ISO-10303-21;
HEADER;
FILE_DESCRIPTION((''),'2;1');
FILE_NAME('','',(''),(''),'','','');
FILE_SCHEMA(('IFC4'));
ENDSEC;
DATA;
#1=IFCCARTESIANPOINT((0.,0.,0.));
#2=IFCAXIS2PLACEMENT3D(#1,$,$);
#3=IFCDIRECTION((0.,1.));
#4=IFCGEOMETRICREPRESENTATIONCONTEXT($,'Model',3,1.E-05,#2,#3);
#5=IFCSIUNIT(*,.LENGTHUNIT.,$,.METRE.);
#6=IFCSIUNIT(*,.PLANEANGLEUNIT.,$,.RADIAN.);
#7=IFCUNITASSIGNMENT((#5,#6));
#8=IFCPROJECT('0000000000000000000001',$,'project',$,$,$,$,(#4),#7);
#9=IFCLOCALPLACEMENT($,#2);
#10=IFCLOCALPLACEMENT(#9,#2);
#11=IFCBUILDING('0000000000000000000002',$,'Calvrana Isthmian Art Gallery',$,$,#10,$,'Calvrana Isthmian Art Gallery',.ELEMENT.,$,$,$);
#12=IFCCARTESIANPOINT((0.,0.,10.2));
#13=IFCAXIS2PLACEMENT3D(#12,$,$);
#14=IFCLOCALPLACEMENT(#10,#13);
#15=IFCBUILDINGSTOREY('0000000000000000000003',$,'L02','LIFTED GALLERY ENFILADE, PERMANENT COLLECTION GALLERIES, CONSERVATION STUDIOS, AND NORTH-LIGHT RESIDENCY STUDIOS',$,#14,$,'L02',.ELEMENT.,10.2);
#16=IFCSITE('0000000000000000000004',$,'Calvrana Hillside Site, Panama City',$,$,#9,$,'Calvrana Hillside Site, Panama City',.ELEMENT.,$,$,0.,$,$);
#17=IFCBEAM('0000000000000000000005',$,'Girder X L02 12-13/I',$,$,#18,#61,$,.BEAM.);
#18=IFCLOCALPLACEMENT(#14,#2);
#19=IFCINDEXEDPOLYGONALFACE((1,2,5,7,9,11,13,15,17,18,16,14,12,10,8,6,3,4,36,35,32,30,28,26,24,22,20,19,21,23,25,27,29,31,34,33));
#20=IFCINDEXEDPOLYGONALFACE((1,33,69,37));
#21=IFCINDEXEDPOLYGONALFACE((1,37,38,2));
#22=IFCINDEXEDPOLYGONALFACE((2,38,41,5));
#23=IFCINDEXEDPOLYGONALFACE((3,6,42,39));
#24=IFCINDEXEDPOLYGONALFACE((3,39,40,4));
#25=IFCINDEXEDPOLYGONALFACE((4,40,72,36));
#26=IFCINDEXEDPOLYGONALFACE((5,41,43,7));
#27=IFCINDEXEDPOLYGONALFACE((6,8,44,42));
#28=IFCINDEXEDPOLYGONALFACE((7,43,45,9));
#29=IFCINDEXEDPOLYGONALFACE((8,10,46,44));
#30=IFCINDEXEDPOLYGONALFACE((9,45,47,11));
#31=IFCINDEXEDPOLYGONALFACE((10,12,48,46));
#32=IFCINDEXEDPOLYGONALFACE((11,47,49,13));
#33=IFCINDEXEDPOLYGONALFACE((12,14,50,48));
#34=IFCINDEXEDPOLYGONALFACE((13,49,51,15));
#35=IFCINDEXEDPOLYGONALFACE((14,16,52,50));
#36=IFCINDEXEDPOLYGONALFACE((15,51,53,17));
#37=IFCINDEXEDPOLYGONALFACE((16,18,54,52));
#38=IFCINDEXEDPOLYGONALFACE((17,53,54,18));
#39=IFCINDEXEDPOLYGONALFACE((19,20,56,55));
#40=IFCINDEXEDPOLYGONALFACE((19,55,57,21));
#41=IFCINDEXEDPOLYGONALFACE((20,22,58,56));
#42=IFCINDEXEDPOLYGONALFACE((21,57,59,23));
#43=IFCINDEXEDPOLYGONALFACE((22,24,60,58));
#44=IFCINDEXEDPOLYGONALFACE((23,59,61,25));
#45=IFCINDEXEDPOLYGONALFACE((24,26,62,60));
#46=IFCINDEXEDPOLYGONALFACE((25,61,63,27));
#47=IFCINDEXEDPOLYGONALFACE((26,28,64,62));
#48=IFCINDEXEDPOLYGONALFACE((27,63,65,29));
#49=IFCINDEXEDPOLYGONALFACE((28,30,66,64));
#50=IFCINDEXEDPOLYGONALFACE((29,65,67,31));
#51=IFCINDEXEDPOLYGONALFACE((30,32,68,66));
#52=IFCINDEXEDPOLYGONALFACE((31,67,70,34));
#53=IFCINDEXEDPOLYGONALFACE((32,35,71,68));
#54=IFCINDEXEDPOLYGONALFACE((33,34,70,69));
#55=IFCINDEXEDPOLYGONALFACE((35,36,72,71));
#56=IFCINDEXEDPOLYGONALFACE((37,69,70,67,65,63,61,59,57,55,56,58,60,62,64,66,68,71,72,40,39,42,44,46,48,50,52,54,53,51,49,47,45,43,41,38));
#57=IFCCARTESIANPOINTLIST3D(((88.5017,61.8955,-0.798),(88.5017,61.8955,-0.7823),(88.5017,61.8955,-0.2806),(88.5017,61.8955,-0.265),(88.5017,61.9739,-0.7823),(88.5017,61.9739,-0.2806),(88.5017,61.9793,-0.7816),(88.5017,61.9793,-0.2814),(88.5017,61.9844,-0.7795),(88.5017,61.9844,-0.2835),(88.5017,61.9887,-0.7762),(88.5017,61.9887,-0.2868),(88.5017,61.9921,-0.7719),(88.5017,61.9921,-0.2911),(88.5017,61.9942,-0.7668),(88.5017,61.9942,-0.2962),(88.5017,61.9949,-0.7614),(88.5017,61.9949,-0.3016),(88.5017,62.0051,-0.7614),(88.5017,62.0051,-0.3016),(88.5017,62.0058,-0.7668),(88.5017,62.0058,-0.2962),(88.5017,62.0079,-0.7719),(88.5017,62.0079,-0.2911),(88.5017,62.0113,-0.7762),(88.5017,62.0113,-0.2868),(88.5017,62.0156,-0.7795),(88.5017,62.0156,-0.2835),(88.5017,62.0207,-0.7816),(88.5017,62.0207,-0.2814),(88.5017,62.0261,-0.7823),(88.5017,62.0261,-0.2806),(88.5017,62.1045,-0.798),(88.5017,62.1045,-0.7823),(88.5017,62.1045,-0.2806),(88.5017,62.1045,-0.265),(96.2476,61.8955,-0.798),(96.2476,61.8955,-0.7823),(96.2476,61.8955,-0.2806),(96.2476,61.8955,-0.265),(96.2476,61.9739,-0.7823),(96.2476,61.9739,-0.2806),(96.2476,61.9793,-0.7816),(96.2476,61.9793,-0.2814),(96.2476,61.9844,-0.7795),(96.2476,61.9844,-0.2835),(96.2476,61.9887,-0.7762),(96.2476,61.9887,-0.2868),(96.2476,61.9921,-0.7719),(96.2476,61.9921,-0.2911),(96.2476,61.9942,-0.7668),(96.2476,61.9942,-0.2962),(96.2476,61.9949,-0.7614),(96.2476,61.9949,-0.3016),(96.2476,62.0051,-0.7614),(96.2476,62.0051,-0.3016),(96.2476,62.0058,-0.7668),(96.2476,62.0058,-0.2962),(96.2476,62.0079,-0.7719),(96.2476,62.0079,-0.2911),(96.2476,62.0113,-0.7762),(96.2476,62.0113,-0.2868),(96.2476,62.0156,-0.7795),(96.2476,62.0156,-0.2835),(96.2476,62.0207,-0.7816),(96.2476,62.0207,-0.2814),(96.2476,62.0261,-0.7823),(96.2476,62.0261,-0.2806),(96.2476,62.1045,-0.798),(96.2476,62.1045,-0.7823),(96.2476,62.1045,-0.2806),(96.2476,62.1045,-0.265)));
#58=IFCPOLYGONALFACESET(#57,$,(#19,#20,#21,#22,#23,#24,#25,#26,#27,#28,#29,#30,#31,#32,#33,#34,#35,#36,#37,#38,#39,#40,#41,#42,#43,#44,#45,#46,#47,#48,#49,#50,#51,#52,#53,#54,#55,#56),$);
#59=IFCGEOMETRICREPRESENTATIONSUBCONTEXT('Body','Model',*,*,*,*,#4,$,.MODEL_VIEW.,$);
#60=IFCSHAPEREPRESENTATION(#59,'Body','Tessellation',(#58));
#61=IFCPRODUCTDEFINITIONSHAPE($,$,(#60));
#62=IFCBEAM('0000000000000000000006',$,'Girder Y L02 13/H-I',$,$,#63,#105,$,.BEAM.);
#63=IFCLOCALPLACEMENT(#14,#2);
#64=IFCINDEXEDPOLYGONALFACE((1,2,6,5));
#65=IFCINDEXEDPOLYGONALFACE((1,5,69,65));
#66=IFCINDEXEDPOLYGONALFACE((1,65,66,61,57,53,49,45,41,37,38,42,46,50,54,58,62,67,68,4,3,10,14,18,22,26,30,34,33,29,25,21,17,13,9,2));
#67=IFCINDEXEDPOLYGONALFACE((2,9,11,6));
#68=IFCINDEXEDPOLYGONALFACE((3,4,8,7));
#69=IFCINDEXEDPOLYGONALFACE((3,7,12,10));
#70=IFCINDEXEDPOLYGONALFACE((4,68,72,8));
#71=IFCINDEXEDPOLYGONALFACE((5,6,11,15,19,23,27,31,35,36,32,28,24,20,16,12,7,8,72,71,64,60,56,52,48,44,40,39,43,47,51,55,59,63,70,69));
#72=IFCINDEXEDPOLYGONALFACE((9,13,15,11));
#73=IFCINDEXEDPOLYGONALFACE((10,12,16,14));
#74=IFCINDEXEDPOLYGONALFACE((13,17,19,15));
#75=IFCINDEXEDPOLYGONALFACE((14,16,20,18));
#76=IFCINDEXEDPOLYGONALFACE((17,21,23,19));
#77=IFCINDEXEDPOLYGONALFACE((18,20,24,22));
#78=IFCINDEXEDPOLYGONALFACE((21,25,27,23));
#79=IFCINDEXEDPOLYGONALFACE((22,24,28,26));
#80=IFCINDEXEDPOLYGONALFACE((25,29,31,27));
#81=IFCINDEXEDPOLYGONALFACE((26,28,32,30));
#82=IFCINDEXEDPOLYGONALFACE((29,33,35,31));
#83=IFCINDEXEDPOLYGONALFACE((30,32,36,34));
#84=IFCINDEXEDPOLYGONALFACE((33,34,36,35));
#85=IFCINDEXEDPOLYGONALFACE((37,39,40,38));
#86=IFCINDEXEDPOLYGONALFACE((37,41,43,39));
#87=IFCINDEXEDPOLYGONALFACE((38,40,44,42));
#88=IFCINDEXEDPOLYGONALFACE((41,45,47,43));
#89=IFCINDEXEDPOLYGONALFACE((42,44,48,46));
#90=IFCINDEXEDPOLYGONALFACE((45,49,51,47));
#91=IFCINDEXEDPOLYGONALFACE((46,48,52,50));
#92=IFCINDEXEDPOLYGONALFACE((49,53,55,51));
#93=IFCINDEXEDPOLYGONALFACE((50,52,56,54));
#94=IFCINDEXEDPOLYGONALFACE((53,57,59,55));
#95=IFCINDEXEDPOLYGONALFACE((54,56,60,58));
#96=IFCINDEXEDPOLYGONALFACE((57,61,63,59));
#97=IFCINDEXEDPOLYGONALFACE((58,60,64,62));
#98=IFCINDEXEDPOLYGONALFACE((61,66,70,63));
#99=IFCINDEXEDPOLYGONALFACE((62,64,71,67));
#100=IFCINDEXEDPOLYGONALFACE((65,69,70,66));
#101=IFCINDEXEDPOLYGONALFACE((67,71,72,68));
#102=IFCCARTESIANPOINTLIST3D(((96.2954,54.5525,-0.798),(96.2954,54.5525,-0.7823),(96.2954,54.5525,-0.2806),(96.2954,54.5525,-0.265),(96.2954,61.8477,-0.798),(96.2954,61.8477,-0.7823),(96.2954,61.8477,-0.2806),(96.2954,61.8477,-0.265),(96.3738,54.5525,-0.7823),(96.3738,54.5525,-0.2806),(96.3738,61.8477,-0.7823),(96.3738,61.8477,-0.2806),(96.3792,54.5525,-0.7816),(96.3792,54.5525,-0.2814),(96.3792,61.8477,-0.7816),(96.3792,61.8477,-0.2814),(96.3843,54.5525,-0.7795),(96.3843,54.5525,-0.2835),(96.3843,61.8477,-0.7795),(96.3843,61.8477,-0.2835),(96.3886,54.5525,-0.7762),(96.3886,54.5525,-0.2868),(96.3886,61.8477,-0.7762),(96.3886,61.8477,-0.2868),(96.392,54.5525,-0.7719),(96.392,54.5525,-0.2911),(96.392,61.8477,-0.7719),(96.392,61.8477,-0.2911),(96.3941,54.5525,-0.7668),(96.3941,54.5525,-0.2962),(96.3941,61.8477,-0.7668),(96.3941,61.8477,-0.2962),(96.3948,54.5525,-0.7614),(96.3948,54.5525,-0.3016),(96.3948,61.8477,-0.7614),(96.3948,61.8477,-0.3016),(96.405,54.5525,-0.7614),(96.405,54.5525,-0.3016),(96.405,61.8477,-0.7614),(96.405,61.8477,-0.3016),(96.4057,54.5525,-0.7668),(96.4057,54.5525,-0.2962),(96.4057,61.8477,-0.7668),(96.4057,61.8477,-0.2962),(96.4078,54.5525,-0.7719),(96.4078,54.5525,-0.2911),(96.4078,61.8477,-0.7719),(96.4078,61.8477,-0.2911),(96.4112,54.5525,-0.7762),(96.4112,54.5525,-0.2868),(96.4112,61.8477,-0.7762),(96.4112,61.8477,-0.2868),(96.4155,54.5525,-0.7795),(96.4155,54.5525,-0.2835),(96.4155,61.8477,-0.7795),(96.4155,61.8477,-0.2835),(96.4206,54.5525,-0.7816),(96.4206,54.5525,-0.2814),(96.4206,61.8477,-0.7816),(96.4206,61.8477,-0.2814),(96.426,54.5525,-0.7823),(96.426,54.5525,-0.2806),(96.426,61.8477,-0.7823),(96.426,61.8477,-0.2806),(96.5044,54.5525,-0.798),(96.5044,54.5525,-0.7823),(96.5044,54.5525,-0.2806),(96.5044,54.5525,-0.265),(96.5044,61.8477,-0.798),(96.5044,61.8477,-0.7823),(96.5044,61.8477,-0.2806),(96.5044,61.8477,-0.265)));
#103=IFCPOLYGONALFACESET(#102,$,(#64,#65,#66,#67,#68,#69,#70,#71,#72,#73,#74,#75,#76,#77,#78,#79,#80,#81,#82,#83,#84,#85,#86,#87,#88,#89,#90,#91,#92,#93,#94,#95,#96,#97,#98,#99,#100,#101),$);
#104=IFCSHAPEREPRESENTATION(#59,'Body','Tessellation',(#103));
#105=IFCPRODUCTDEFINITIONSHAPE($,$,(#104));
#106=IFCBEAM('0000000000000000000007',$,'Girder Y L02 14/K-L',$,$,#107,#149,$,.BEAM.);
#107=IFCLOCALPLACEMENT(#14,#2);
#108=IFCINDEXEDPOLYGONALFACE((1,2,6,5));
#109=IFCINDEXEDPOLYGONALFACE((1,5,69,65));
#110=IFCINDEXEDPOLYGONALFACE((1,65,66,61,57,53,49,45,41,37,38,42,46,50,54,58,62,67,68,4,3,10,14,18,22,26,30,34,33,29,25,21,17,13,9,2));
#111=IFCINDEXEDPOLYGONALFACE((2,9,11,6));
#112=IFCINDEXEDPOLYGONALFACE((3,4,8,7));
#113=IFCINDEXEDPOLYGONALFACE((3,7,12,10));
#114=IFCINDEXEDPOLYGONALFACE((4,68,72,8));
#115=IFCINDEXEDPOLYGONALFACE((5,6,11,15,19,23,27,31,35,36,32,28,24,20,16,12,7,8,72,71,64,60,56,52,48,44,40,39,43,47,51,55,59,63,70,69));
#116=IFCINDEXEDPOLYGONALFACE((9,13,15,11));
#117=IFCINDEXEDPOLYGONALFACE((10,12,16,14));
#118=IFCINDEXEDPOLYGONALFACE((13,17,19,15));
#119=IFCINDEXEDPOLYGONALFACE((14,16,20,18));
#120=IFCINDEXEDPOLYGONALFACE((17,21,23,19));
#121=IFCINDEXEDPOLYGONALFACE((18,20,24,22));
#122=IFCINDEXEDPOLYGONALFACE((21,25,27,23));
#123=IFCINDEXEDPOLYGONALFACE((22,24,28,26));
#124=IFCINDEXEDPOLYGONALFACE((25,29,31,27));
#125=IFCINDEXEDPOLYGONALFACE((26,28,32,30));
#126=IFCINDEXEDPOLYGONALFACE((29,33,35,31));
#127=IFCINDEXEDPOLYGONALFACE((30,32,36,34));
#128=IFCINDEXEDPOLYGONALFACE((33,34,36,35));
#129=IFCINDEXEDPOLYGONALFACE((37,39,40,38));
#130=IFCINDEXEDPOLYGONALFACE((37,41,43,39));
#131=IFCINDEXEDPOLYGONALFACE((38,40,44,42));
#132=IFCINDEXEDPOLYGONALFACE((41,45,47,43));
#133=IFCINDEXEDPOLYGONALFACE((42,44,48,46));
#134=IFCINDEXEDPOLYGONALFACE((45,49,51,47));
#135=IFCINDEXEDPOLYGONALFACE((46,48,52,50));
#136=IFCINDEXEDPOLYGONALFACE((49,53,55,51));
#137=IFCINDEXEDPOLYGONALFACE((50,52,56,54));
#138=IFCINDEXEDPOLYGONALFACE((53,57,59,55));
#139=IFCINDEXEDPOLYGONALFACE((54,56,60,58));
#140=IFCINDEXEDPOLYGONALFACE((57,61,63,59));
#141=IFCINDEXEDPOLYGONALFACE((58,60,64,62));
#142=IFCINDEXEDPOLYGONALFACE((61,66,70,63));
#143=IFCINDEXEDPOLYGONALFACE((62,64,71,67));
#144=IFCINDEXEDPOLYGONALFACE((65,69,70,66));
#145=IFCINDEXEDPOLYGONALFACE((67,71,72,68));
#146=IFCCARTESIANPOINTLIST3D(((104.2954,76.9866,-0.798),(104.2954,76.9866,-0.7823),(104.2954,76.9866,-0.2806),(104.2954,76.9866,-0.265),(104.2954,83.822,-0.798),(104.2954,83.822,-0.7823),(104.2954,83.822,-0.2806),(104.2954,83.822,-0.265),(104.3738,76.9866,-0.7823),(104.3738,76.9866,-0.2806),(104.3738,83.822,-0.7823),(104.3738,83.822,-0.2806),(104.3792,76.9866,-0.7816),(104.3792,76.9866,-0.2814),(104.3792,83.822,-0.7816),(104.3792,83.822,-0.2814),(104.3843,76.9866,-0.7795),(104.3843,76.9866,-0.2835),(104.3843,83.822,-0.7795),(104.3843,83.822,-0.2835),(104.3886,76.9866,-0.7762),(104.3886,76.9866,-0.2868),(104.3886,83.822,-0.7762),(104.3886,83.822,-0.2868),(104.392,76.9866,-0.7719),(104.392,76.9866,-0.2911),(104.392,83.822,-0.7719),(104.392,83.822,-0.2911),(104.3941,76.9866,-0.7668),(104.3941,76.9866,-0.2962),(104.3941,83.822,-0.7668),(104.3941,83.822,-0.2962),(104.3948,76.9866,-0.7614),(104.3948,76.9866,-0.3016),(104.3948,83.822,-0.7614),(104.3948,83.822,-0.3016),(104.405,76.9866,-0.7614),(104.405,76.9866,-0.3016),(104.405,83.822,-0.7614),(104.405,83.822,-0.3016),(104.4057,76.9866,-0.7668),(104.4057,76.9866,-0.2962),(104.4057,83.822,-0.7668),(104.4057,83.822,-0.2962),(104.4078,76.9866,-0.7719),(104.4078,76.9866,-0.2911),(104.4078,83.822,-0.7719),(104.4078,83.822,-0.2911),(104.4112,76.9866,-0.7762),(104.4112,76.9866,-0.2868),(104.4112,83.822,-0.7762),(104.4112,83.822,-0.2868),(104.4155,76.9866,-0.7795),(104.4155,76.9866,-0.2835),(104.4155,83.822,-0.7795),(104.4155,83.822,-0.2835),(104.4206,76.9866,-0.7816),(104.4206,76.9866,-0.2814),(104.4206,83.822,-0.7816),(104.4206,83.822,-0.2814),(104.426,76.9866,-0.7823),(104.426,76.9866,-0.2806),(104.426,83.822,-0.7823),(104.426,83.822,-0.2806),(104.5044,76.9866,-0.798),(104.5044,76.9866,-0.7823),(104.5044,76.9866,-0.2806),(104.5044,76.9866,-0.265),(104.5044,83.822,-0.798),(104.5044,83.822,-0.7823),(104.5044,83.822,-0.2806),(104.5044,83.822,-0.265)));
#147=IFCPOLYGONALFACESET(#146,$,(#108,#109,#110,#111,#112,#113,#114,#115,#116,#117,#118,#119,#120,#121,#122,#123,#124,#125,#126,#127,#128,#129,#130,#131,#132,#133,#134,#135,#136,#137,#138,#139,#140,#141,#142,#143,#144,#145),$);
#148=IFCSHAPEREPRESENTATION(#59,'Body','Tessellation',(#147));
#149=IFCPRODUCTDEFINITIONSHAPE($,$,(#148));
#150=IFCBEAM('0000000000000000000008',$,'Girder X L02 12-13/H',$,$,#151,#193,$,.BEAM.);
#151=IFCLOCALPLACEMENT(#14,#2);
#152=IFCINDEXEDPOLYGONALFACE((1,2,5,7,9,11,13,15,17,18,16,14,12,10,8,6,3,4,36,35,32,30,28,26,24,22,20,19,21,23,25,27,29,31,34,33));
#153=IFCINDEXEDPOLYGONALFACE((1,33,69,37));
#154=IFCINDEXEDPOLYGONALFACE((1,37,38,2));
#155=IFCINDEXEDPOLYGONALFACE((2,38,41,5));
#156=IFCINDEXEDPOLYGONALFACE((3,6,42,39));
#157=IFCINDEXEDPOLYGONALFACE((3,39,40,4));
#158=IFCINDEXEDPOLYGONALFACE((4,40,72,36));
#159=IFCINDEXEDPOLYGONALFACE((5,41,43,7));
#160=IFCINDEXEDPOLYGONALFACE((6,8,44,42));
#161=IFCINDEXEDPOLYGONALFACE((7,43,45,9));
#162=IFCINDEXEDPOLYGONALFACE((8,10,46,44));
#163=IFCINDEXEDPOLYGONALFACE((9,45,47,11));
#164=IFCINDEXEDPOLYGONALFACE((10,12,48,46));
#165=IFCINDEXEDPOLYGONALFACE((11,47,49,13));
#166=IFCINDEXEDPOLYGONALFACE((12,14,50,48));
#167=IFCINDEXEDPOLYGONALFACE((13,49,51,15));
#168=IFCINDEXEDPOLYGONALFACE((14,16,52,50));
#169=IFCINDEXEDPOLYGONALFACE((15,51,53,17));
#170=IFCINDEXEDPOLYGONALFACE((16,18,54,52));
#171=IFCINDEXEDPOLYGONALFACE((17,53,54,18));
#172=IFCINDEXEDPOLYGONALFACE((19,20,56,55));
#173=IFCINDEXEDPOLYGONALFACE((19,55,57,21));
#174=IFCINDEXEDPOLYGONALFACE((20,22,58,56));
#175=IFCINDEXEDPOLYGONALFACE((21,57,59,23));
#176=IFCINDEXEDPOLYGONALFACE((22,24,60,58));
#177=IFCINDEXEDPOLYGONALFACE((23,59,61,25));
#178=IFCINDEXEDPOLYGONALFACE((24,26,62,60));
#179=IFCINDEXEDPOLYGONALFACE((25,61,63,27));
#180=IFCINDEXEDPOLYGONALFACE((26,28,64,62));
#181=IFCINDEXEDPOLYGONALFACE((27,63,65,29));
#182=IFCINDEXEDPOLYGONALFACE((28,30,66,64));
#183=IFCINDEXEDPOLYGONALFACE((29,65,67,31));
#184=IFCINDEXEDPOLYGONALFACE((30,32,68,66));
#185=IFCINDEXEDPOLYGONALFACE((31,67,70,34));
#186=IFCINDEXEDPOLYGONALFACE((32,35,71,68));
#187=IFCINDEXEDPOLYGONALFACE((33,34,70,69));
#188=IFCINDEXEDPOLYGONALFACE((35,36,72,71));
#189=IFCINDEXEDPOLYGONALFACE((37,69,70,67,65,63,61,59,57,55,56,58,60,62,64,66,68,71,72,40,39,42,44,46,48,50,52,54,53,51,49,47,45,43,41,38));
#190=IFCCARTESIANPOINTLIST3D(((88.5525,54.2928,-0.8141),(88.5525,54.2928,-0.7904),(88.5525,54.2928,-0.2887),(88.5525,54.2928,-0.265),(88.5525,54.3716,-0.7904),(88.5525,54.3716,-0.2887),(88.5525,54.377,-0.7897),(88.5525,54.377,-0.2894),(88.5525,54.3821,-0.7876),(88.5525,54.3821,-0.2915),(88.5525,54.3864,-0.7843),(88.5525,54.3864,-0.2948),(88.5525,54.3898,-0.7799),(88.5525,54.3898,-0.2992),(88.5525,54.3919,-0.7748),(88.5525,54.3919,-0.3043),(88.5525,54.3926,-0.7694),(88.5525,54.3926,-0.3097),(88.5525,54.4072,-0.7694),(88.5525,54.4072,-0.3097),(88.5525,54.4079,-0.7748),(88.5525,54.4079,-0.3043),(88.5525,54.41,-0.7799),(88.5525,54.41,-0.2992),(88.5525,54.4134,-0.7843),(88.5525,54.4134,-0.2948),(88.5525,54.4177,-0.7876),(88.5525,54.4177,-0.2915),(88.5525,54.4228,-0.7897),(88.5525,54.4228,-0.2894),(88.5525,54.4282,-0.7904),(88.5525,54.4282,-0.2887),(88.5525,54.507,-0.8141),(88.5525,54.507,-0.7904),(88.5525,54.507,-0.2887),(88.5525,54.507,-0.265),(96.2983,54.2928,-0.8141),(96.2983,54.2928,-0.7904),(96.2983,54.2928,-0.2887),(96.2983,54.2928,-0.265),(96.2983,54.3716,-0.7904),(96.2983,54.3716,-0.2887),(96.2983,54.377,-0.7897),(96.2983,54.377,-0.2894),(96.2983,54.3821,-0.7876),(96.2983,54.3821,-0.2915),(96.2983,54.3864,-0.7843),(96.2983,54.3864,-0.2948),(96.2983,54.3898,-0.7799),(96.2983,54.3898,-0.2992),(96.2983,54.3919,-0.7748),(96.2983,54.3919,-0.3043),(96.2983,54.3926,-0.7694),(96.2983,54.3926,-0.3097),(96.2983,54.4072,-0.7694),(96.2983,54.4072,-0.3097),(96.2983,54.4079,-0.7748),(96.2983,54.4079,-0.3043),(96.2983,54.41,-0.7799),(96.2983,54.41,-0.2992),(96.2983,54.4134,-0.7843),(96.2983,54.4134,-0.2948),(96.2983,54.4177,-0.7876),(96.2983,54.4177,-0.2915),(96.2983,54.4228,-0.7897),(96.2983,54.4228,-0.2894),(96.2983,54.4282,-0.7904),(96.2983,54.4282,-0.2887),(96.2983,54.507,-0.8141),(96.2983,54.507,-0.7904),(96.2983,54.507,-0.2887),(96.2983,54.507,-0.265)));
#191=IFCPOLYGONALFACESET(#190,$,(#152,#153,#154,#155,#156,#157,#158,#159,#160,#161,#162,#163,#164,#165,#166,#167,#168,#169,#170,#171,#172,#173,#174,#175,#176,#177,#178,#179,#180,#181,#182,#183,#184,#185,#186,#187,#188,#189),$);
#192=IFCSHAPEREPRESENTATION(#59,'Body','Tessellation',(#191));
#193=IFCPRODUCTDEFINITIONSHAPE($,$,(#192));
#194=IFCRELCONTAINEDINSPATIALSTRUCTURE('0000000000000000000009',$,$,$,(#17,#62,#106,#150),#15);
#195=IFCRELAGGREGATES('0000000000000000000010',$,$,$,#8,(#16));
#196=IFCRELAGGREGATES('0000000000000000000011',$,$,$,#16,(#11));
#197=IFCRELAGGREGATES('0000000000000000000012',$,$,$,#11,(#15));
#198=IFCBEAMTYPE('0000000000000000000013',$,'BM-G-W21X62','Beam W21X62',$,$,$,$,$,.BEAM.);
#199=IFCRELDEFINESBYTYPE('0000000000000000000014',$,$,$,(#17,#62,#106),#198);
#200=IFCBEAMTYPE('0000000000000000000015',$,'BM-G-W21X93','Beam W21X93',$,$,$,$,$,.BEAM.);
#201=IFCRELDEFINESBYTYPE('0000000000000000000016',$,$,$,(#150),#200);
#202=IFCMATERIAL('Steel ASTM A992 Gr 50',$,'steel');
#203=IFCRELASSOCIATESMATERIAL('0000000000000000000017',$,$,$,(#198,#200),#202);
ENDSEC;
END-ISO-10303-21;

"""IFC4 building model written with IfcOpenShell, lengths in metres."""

from ifc_helpers import new_model, si_unit, direction, frame, origin, origin_2d, place, context, subcontext, project, spatial, i_section, extrude, material, material_profile, profile_set, type_object, element, save


model = new_model("IFC4")

# Units and contexts
model_context = context("Model", 3, precision=1e-05, world=origin(), true_north=direction((0.0, 1.0)))
body_context = subcontext(model_context, "Body", "Model", "MODEL_VIEW")
ifc_project = project(units=[si_unit("LENGTHUNIT", "METRE"), si_unit("PLANEANGLEUNIT", "RADIAN")], contexts=[model_context])

# Site, building, storey
site_placement = place(None, origin())
site = spatial("IfcSite", under=ifc_project, at=site_placement, Name="Calvrana Hillside Site, Panama City", LongName="Calvrana Hillside Site, Panama City", CompositionType="ELEMENT", RefElevation=0.0)
building_placement = place(site_placement, origin())
building = spatial("IfcBuilding", under=site, at=building_placement, Name="Calvrana Isthmian Art Gallery", LongName="Calvrana Isthmian Art Gallery", CompositionType="ELEMENT")
storey_placement = place(building_placement, frame((0.0, 0.0, 10.2)))
storey = spatial("IfcBuildingStorey", under=building, at=storey_placement, Name="L02", Description="LIFTED GALLERY ENFILADE, PERMANENT COLLECTION GALLERIES, CONSERVATION STUDIOS, AND NORTH-LIGHT RESIDENCY STUDIOS", LongName="L02", CompositionType="ELEMENT", Elevation=10.2)

# Shared definitions
ifc_material_1 = material(Name="Steel ASTM A992 Gr 50", Category="steel")

# Beams
ifc_material_profile_1 = material_profile(ifc_material_1, i_section(OverallWidth=0.209, OverallDepth=0.533, WebThickness=0.0103, FlangeThickness=0.0156, FilletRadius=0.021, at=origin_2d()), Name="W21X62")
ifc_profile_set_1 = profile_set([ifc_material_profile_1], Name="Steel ASTM A992 Gr 50")
beam_type_1 = type_object("IfcBeamType", Name="BM-G-W21X62", Description="Beam W21X62", PredefinedType="BEAM", material=ifc_profile_set_1)
beam_1_placement = place(storey_placement, frame((88.5017, 62.0, -0.5315), z_axis=(1.0, 0.0, 0.0), x_axis=(0.0, 1.0, 0.0)))
element("IfcBeam", 1, at=beam_1_placement, inside=storey, type_object=beam_type_1, Name="Girder X L02 12-13/I", PredefinedType="BEAM", context=body_context, shape_type="SweptSolid", body=[
    extrude(i_section(OverallWidth=0.209, OverallDepth=0.533, WebThickness=0.0103, FlangeThickness=0.0156, FilletRadius=0.021, at=origin_2d()), origin(), (0.0, 0.0, 1.0), 7.7458),
])
beam_2_placement = place(storey_placement, frame((96.3999, 54.5525, -0.5315), z_axis=(0.0, 1.0, 0.0), x_axis=(-1.0, 0.0, 0.0)))
element("IfcBeam", 2, at=beam_2_placement, inside=storey, type_object=beam_type_1, Name="Girder Y L02 13/H-I", PredefinedType="BEAM", context=body_context, shape_type="SweptSolid", body=[
    extrude(i_section(OverallWidth=0.209, OverallDepth=0.533, WebThickness=0.0103, FlangeThickness=0.0156, FilletRadius=0.021, at=origin_2d()), origin(), (0.0, 0.0, 1.0), 7.2952),
])
beam_3_placement = place(storey_placement, frame((104.3999, 76.9866, -0.5315), z_axis=(0.0, 1.0, 0.0), x_axis=(-1.0, 0.0, 0.0)))
element("IfcBeam", 3, at=beam_3_placement, inside=storey, type_object=beam_type_1, Name="Girder Y L02 14/K-L", PredefinedType="BEAM", context=body_context, shape_type="SweptSolid", body=[
    extrude(i_section(OverallWidth=0.209, OverallDepth=0.533, WebThickness=0.0103, FlangeThickness=0.0156, FilletRadius=0.021, at=origin_2d()), origin(), (0.0, 0.0, 1.0), 6.8354),
])
ifc_material_profile_2 = material_profile(ifc_material_1, i_section(OverallWidth=0.2141, OverallDepth=0.5491, WebThickness=0.0146, FlangeThickness=0.0237, FilletRadius=0.021, at=origin_2d()), Name="W21X93")
ifc_profile_set_2 = profile_set([ifc_material_profile_2], Name="Steel ASTM A992 Gr 50")
beam_type_2 = type_object("IfcBeamType", Name="BM-G-W21X93", Description="Beam W21X93", PredefinedType="BEAM", material=ifc_profile_set_2)
beam_4_placement = place(storey_placement, frame((88.5525, 54.3999, -0.5396), z_axis=(1.0, 0.0, 0.0), x_axis=(0.0, 1.0, 0.0)))
element("IfcBeam", 4, at=beam_4_placement, inside=storey, type_object=beam_type_2, Name="Girder X L02 12-13/H", PredefinedType="BEAM", context=body_context, shape_type="SweptSolid", body=[
    extrude(i_section(OverallWidth=0.2141, OverallDepth=0.5491, WebThickness=0.0146, FlangeThickness=0.0237, FilletRadius=0.021, at=origin_2d()), origin(), (0.0, 0.0, 1.0), 7.7458),
])

save(model, "model.ifc")
